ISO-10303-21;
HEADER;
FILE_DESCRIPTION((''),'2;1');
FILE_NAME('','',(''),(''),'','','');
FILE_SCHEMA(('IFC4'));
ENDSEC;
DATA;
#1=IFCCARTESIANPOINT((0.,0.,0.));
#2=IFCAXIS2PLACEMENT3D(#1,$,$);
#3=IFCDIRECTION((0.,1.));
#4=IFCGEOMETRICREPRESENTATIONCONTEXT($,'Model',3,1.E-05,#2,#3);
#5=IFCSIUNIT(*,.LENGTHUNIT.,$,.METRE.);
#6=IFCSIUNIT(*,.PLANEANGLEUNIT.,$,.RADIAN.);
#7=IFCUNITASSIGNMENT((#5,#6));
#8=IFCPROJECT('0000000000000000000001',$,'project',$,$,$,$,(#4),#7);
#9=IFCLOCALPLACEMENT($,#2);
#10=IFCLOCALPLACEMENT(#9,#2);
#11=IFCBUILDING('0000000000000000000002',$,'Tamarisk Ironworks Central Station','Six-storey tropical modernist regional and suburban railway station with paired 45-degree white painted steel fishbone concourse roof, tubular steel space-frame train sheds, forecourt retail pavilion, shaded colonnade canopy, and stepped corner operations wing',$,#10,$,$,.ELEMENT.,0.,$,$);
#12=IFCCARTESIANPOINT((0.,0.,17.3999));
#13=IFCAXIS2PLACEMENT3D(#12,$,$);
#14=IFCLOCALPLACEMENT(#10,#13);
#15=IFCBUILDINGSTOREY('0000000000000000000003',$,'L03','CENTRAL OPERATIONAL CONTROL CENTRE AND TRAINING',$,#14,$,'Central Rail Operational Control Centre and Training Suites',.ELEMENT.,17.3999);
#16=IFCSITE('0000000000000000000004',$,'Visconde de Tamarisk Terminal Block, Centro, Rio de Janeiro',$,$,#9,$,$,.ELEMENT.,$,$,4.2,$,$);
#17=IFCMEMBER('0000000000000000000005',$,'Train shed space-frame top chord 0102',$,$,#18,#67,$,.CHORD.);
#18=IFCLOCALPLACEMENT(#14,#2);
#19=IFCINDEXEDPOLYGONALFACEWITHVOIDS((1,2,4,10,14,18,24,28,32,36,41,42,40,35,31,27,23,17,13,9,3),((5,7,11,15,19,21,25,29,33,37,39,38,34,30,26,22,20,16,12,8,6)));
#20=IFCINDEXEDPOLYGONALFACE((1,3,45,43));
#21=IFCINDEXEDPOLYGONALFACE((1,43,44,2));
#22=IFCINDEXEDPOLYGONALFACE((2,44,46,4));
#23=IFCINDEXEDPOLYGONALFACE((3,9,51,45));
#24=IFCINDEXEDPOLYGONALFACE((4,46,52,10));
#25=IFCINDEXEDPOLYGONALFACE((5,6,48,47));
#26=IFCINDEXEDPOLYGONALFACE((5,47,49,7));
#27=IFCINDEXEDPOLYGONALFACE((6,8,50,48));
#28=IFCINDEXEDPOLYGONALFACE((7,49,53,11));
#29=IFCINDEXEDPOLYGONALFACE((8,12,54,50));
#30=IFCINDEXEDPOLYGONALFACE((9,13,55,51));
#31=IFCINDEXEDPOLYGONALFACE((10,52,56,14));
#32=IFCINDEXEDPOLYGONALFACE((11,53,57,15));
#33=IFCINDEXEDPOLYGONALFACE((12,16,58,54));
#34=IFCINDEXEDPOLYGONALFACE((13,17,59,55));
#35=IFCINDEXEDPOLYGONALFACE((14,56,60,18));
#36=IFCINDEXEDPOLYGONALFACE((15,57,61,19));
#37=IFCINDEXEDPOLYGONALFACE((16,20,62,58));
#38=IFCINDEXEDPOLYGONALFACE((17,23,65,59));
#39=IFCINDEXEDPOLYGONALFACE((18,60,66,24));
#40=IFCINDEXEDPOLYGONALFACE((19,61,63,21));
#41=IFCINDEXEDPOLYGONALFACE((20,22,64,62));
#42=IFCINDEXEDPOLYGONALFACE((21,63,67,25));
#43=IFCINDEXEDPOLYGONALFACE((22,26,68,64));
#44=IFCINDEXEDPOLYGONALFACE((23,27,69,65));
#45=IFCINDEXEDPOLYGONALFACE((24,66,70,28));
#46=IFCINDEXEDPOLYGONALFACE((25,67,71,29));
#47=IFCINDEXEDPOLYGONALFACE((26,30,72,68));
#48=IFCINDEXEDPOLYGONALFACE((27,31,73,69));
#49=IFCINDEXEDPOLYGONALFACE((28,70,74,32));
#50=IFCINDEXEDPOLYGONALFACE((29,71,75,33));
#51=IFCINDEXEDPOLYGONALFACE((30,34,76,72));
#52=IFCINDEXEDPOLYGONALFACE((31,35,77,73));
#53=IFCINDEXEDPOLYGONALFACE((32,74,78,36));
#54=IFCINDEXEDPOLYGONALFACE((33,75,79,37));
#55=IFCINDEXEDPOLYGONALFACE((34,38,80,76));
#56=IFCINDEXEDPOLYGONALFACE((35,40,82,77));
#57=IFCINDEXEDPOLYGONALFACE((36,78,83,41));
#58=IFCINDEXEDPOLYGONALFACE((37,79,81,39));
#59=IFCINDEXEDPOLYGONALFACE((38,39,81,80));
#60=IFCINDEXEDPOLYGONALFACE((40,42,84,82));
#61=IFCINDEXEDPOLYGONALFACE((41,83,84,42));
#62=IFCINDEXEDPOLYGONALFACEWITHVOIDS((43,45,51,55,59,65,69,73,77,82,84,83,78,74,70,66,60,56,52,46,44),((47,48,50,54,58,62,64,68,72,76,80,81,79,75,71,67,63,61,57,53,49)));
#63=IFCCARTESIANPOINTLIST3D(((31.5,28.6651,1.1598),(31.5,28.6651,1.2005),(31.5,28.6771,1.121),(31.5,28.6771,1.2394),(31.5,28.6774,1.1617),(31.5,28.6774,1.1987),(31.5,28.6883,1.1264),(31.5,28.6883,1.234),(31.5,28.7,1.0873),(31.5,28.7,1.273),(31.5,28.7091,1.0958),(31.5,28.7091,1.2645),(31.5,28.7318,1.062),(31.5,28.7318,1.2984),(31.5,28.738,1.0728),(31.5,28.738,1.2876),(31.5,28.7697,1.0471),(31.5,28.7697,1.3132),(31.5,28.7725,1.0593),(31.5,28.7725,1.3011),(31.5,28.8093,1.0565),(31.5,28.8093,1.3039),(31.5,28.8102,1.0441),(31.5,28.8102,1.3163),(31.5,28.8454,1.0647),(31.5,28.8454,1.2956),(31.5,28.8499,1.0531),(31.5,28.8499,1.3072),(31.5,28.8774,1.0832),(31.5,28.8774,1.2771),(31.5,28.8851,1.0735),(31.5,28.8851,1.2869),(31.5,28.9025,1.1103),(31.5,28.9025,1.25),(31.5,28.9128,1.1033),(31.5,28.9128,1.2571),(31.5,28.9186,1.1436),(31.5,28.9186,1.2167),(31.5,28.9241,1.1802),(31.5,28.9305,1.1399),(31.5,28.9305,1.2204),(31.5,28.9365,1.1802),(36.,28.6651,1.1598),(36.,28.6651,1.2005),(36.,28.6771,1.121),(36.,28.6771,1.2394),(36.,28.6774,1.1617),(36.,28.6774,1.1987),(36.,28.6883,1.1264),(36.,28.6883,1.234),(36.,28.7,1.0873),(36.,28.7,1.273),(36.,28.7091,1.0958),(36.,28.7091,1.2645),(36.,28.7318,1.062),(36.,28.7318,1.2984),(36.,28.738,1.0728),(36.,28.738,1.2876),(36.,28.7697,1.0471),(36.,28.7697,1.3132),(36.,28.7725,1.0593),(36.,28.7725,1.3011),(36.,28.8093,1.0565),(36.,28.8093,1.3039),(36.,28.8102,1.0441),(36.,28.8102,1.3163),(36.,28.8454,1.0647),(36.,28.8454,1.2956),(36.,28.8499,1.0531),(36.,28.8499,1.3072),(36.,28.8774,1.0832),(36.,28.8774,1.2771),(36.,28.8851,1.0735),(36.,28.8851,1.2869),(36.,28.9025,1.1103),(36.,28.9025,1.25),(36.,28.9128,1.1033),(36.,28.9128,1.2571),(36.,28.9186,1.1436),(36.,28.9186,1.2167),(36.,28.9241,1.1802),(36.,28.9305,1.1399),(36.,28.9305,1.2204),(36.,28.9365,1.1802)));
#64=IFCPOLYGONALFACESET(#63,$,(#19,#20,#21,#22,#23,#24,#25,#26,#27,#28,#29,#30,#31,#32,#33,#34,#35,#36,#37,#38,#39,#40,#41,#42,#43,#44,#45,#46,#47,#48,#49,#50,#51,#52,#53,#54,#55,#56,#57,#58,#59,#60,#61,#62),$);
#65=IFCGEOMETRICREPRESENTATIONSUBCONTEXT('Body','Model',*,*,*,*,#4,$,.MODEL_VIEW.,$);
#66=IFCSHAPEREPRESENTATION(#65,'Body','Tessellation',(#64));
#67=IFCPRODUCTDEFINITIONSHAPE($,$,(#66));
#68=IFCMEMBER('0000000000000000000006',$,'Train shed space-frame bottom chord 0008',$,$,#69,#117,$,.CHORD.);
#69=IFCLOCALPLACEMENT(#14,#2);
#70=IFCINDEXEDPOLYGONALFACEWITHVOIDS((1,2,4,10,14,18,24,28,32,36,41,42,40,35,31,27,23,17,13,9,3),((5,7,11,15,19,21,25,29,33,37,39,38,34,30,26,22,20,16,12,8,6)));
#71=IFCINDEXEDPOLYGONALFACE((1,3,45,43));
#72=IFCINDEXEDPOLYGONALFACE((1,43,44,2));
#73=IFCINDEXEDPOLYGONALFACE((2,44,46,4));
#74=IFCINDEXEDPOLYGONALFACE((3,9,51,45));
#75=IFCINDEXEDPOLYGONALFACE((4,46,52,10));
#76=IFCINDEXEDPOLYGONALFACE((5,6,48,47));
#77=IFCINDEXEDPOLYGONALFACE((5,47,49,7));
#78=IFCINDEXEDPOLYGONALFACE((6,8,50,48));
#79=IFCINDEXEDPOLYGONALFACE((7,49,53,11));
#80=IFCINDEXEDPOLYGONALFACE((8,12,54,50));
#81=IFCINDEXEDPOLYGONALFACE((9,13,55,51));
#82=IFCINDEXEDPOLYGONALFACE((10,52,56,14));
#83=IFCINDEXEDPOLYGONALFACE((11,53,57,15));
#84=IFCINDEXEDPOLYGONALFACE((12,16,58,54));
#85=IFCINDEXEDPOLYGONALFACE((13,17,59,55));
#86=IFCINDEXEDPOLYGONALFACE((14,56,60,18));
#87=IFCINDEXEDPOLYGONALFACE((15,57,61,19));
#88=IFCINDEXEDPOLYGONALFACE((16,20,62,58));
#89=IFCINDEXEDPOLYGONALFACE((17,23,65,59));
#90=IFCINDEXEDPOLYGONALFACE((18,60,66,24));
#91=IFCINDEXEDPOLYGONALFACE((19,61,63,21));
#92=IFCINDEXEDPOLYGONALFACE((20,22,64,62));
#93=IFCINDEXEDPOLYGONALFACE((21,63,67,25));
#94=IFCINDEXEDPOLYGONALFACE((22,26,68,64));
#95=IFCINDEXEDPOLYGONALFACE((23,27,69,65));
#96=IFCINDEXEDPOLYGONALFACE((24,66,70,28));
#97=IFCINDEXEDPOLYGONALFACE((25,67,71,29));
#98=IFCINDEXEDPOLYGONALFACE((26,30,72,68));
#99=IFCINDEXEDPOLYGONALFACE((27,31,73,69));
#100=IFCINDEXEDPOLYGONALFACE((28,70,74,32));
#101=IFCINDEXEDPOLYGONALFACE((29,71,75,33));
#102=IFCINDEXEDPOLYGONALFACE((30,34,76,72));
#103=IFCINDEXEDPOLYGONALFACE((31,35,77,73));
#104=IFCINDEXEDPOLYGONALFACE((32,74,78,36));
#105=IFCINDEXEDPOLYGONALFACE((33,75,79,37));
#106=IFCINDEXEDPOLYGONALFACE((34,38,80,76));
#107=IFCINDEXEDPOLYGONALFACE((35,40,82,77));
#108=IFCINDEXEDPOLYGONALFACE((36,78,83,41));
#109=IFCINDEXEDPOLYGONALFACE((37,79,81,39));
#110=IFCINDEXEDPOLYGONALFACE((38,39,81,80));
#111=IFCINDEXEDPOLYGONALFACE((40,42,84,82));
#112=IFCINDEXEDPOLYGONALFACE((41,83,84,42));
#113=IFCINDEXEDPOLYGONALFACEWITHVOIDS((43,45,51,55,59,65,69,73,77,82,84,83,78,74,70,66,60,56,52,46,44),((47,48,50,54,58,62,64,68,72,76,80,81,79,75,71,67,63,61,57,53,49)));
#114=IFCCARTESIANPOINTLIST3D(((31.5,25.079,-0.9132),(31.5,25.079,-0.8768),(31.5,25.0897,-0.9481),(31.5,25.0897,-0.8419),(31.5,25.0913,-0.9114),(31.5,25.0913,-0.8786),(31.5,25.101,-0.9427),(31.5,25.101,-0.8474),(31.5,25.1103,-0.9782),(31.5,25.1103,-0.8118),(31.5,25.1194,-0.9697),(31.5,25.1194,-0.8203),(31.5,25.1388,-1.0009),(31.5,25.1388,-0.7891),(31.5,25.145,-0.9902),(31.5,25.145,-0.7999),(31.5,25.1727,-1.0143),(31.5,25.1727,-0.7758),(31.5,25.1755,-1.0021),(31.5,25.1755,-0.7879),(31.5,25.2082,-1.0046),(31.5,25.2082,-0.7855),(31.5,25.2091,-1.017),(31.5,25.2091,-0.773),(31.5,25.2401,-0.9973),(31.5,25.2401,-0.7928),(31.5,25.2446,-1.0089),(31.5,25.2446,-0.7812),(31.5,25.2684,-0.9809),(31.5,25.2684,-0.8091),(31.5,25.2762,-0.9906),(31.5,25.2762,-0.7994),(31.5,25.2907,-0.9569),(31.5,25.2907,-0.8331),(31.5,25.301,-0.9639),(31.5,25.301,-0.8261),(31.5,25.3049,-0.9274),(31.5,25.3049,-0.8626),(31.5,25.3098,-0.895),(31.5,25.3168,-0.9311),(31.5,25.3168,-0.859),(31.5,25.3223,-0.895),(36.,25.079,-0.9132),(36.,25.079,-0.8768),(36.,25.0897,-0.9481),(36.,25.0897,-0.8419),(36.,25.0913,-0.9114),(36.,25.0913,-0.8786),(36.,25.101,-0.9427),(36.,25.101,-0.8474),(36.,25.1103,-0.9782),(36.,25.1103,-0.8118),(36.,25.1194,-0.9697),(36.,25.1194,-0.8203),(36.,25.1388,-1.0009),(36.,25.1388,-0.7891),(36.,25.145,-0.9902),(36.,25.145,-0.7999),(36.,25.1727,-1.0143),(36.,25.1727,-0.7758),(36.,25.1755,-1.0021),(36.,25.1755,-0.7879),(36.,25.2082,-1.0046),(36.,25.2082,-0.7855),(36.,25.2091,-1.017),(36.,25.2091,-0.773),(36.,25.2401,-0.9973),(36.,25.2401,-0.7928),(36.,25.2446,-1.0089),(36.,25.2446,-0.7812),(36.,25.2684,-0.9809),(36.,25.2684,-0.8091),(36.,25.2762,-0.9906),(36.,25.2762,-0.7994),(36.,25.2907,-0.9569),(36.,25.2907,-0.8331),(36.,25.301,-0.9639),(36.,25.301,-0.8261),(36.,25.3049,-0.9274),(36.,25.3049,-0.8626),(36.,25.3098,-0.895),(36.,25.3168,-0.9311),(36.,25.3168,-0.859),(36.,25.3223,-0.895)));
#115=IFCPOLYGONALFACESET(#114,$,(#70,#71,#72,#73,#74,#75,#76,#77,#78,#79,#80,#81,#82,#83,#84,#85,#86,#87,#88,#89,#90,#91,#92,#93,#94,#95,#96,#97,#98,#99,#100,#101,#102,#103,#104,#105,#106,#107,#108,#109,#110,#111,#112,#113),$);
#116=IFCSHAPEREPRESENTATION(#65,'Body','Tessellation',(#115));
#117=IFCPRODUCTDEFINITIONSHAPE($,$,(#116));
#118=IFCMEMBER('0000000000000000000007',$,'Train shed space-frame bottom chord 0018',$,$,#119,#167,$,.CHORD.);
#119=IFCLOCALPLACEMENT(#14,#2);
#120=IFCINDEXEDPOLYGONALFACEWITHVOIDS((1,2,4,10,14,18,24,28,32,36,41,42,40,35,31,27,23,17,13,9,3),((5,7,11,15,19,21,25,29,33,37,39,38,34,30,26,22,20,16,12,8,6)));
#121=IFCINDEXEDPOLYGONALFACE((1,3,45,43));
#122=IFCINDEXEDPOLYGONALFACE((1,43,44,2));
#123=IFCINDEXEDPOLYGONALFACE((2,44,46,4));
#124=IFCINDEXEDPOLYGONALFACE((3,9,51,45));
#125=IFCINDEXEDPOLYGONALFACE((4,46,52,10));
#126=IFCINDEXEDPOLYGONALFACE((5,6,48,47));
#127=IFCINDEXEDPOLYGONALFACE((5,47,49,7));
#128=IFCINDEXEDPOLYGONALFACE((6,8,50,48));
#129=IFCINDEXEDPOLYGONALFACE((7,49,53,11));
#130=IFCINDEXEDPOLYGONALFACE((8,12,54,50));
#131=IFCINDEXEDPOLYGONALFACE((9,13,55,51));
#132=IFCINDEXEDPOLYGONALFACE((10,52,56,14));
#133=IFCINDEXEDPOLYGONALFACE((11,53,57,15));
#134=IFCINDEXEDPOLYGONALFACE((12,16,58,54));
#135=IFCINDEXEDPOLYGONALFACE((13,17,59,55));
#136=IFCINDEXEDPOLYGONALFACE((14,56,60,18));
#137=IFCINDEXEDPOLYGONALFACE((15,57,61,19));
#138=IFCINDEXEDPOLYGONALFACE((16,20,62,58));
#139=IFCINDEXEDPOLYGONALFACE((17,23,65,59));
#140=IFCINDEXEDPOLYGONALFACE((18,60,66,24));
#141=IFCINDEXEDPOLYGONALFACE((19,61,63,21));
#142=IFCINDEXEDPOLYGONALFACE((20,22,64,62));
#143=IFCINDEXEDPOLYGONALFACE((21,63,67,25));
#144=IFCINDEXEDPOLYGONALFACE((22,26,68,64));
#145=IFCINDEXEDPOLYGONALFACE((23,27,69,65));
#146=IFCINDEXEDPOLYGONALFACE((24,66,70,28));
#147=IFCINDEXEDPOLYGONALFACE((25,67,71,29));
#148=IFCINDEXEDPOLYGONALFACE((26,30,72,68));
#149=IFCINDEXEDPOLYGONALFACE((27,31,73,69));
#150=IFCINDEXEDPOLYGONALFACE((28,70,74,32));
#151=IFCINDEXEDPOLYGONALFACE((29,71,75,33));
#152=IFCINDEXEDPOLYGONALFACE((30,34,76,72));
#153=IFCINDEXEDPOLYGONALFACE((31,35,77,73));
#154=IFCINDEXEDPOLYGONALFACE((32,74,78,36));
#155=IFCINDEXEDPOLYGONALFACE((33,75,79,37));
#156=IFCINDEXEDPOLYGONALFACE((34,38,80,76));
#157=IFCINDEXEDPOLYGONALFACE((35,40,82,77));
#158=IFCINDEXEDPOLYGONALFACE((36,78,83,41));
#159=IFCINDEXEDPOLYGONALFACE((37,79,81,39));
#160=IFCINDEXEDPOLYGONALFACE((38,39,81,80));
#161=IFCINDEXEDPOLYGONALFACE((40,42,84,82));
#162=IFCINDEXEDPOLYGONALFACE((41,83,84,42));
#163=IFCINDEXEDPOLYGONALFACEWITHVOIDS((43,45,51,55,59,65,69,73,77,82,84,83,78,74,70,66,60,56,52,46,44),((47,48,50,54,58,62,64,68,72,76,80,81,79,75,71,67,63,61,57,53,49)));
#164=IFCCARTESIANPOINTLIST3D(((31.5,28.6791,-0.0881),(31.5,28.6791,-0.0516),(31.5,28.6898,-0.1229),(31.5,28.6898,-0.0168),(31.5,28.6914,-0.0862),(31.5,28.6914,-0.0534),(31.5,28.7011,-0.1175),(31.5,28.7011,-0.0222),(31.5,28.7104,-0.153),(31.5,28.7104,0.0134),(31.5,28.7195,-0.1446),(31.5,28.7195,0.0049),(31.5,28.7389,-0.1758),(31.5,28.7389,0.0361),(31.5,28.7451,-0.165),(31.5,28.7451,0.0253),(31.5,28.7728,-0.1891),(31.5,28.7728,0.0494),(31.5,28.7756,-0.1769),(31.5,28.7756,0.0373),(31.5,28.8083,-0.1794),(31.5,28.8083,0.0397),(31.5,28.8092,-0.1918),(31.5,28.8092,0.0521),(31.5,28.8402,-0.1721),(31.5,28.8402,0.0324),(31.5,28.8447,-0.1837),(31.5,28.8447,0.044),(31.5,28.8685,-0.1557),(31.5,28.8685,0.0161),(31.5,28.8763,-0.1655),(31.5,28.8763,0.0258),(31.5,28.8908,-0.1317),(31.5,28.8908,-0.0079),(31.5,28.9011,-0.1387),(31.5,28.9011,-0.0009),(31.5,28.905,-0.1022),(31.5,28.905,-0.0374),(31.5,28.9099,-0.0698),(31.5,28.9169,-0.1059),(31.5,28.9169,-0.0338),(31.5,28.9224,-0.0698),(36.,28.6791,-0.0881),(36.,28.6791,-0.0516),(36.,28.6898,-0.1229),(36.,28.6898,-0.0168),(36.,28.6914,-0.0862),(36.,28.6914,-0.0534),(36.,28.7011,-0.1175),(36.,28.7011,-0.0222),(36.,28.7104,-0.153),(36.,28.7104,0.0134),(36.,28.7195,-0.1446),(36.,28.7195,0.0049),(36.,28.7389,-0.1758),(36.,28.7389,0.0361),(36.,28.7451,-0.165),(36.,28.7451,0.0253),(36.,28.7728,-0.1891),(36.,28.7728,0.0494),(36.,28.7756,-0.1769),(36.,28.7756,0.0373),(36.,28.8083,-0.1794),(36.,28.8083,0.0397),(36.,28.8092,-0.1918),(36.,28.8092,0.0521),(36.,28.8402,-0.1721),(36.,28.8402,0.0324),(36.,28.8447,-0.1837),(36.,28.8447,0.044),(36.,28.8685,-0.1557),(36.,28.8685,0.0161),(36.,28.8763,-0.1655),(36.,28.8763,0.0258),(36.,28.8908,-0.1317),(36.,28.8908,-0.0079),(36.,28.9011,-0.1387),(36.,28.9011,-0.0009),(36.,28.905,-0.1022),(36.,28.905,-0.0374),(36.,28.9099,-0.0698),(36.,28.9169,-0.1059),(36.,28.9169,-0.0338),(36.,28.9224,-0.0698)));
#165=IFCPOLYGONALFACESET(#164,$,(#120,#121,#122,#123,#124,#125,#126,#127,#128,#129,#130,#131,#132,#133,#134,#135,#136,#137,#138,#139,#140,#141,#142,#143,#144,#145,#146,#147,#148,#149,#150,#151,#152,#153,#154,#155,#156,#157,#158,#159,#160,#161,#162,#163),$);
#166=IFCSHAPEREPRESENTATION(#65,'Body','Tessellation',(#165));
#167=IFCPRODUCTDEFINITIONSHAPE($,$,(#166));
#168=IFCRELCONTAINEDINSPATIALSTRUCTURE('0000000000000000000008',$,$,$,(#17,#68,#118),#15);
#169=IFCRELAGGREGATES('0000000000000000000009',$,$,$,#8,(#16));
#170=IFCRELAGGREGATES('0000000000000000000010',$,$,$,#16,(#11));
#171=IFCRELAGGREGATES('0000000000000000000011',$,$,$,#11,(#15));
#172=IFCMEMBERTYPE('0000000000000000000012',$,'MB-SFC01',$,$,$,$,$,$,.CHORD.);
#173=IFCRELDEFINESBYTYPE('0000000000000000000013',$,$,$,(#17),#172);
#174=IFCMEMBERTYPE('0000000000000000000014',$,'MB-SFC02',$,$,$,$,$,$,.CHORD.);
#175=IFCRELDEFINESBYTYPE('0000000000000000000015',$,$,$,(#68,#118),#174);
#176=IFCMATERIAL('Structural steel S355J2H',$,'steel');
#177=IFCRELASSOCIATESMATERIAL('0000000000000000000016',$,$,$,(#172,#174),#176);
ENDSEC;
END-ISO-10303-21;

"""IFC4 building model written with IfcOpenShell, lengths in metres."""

from ifc_helpers import new_model, si_unit, direction, frame, origin, origin_2d, place, context, subcontext, project, spatial, hollow_circle, extrude, material, material_profile, profile_set, type_object, element, save


model = new_model("IFC4")

# Units and contexts
model_context = context("Model", 3, precision=1e-05, world=origin(), true_north=direction((0.0, 1.0)))
body_context = subcontext(model_context, "Body", "Model", "MODEL_VIEW")
ifc_project = project(units=[si_unit("LENGTHUNIT", "METRE"), si_unit("PLANEANGLEUNIT", "RADIAN")], contexts=[model_context])

# Site, building, storey
site_placement = place(None, origin())
site = spatial("IfcSite", under=ifc_project, at=site_placement, Name="Visconde de Tamarisk Terminal Block, Centro, Rio de Janeiro", CompositionType="ELEMENT", RefElevation=4.2)
building_placement = place(site_placement, origin())
building = spatial("IfcBuilding", under=site, at=building_placement, Name="Tamarisk Ironworks Central Station", Description="Six-storey tropical modernist regional and suburban railway station with paired 45-degree white painted steel fishbone concourse roof, tubular steel space-frame train sheds, forecourt retail pavilion, shaded colonnade canopy, and stepped corner operations wing", CompositionType="ELEMENT", ElevationOfRefHeight=0.0)
storey_placement = place(building_placement, frame((0.0, 0.0, 17.3999)))
storey = spatial("IfcBuildingStorey", under=building, at=storey_placement, Name="L03", Description="CENTRAL OPERATIONAL CONTROL CENTRE AND TRAINING", LongName="Central Rail Operational Control Centre and Training Suites", CompositionType="ELEMENT", Elevation=17.3999)

# Members
ifc_material_1 = material(Name="Structural steel S355J2H", Category="steel")
ifc_material_profile_1 = material_profile(ifc_material_1, hollow_circle(Radius=0.1365, WallThickness=0.0125, at=origin_2d()), Name="CHS 273x12.5")
ifc_profile_set_1 = profile_set([ifc_material_profile_1], Name="Structural steel S355J2H")
member_type_1 = type_object("IfcMemberType", Name="MB-SFC01", PredefinedType="CHORD", material=ifc_profile_set_1)
for number, where, z_axis, x_axis, name in (
    (1, (31.5, 28.8, 1.1802), (1.0, 0.0, 0.0), (0.0, 1.0, 0.0), "Train shed space-frame top chord 0102"),
):
    element("IfcMember", number, at=place(storey_placement, frame(where, z_axis=z_axis, x_axis=x_axis)), inside=storey, type_object=member_type_1, Name=name, PredefinedType="CHORD", context=body_context, shape_type="SweptSolid", body=[
        extrude(hollow_circle(Radius=0.1365, WallThickness=0.0125, at=origin_2d()), origin(), (0.0, 0.0, 1.0), 4.5),
    ])
ifc_material_profile_2 = material_profile(ifc_material_1, hollow_circle(Radius=0.1223, WallThickness=0.0125, at=origin_2d()), Name="CHS 244.5x12.5")
ifc_profile_set_2 = profile_set([ifc_material_profile_2], Name="Structural steel S355J2H")
member_type_2 = type_object("IfcMemberType", Name="MB-SFC02", PredefinedType="CHORD", material=ifc_profile_set_2)
for number, where, z_axis, x_axis, name in (
    (2, (31.5, 25.2, -0.895), (1.0, 0.0, 0.0), (0.0, 1.0, 0.0), "Train shed space-frame bottom chord 0008"),
    (3, (31.5, 28.8, -0.0698), (1.0, 0.0, 0.0), (0.0, 1.0, 0.0), "Train shed space-frame bottom chord 0018"),
):
    element("IfcMember", number, at=place(storey_placement, frame(where, z_axis=z_axis, x_axis=x_axis)), inside=storey, type_object=member_type_2, Name=name, PredefinedType="CHORD", context=body_context, shape_type="SweptSolid", body=[
        extrude(hollow_circle(Radius=0.1223, WallThickness=0.0125, at=origin_2d()), origin(), (0.0, 0.0, 1.0), 4.5),
    ])

save(model, "model.ifc")
